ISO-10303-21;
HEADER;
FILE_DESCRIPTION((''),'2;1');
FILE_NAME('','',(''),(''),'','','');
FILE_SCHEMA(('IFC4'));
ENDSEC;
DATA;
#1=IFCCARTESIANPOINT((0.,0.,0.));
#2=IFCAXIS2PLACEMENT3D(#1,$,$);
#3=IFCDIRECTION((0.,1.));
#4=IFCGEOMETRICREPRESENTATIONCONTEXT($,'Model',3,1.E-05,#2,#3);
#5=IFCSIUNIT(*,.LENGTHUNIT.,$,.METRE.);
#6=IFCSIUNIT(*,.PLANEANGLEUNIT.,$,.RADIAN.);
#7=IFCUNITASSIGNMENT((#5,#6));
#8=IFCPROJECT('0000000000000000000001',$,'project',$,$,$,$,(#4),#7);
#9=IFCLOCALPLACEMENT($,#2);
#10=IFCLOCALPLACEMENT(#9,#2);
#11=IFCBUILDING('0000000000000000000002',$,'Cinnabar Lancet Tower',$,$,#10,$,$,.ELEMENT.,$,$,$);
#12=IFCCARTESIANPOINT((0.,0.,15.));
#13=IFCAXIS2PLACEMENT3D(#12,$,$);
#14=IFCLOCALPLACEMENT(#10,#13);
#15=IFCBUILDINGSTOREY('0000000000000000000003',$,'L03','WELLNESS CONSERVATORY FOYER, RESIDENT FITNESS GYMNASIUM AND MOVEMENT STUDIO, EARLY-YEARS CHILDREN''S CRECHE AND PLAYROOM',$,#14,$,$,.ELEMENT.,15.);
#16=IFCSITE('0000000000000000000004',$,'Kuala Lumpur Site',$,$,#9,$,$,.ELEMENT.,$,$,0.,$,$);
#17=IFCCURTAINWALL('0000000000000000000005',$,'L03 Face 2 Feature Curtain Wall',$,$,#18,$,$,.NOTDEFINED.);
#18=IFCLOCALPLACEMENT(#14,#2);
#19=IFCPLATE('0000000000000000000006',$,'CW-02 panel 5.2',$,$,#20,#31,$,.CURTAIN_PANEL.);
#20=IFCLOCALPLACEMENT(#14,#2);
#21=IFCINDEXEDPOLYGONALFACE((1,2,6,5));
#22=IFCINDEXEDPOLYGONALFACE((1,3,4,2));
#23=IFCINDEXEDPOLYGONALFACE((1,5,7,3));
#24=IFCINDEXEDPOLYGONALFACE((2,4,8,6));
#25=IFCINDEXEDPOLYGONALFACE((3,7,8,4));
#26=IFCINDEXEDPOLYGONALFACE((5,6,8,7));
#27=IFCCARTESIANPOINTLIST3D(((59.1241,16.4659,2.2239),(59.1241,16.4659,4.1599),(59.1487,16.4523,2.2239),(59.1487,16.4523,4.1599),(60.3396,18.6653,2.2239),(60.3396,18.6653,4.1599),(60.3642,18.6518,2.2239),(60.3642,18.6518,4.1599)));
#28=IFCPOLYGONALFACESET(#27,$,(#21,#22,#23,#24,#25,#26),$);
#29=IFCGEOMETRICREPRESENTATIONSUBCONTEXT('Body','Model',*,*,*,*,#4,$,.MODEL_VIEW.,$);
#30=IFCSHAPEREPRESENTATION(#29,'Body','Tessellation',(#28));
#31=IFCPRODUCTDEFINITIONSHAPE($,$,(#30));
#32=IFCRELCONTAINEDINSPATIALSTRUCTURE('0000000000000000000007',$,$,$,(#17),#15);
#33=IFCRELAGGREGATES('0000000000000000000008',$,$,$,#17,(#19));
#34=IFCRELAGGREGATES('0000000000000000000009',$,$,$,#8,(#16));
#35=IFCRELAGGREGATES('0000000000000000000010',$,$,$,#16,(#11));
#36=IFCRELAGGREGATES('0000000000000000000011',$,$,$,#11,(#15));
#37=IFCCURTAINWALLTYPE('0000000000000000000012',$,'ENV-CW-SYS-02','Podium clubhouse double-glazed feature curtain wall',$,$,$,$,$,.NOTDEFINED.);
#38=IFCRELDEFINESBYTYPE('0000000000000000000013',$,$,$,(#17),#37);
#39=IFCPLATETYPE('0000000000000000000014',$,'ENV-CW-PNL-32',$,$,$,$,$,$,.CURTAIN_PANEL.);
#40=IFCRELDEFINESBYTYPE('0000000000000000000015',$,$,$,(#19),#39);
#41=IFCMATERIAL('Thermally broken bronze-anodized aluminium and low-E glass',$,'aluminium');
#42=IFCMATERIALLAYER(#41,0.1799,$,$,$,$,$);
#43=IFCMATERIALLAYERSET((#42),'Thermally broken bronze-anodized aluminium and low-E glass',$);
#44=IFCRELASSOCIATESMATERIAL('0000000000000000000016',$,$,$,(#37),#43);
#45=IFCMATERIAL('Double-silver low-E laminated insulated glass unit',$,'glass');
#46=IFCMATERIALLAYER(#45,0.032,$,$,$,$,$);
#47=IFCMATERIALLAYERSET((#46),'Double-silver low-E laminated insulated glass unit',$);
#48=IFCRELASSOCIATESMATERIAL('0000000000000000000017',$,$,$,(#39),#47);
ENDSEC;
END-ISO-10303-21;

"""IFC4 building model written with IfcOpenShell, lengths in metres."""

from ifc_helpers import new_model, si_unit, direction, frame, origin, origin_2d, place, context, subcontext, project, spatial, rectangle, extrude, material, layer, layer_set, type_object, element, aggregate, save


model = new_model("IFC4")

# Units and contexts
model_context = context("Model", 3, precision=1e-05, world=origin(), true_north=direction((0.0, 1.0)))
body_context = subcontext(model_context, "Body", "Model", "MODEL_VIEW")
ifc_project = project(units=[si_unit("LENGTHUNIT", "METRE"), si_unit("PLANEANGLEUNIT", "RADIAN")], contexts=[model_context])

# Site, building, storey
site_placement = place(None, origin())
site = spatial("IfcSite", under=ifc_project, at=site_placement, Name="Kuala Lumpur Site", CompositionType="ELEMENT", RefElevation=0.0)
building_placement = place(site_placement, origin())
building = spatial("IfcBuilding", under=site, at=building_placement, Name="Cinnabar Lancet Tower", CompositionType="ELEMENT")
storey_placement = place(building_placement, frame((0.0, 0.0, 15.0)))
storey = spatial("IfcBuildingStorey", under=building, at=storey_placement, Name="L03", Description="WELLNESS CONSERVATORY FOYER, RESIDENT FITNESS GYMNASIUM AND MOVEMENT STUDIO, EARLY-YEARS CHILDREN'S CRECHE AND PLAYROOM", CompositionType="ELEMENT", Elevation=15.0)

# Curtain wall, plate
ifc_material_1 = material(Name="Thermally broken bronze-anodized aluminium and low-E glass", Category="aluminium")
ifc_layer_1 = layer(ifc_material_1, 0.1799)
ifc_layer_set_1 = layer_set([ifc_layer_1], Name="Thermally broken bronze-anodized aluminium and low-E glass")
curtain_wall_type = type_object("IfcCurtainWallType", Name="ENV-CW-SYS-02", Description="Podium clubhouse double-glazed feature curtain wall", PredefinedType="NOTDEFINED", material=ifc_layer_set_1)
curtain_wall_placement = place(storey_placement, origin())
curtain_wall = element("IfcCurtainWall", 1, at=curtain_wall_placement, inside=storey, type_object=curtain_wall_type, Name="L03 Face 2 Feature Curtain Wall", PredefinedType="NOTDEFINED")
ifc_material_2 = material(Name="Double-silver low-E laminated insulated glass unit", Category="glass")
ifc_layer_2 = layer(ifc_material_2, 0.032)
ifc_layer_set_2 = layer_set([ifc_layer_2], Name="Double-silver low-E laminated insulated glass unit")
plate_type = type_object("IfcPlateType", Name="ENV-CW-PNL-32", PredefinedType="CURTAIN_PANEL", material=ifc_layer_set_2)
plate_1_placement = place(storey_placement, frame((59.7441, 17.5588, 2.2239), z_axis=(0.0, 0.0, 1.0), x_axis=(0.483685, 0.875242, 0.0)))
plate_1 = element("IfcPlate", 2, at=plate_1_placement, type_object=plate_type, Name="CW-02 panel 5.2", PredefinedType="CURTAIN_PANEL", context=body_context, shape_type="SweptSolid", body=[
    extrude(rectangle(XDim=2.5129, YDim=0.0281, at=origin_2d()), origin(), (0.0, 0.0, 1.0), 1.936),
])
aggregate(curtain_wall, [plate_1])

save(model, "model.ifc")
